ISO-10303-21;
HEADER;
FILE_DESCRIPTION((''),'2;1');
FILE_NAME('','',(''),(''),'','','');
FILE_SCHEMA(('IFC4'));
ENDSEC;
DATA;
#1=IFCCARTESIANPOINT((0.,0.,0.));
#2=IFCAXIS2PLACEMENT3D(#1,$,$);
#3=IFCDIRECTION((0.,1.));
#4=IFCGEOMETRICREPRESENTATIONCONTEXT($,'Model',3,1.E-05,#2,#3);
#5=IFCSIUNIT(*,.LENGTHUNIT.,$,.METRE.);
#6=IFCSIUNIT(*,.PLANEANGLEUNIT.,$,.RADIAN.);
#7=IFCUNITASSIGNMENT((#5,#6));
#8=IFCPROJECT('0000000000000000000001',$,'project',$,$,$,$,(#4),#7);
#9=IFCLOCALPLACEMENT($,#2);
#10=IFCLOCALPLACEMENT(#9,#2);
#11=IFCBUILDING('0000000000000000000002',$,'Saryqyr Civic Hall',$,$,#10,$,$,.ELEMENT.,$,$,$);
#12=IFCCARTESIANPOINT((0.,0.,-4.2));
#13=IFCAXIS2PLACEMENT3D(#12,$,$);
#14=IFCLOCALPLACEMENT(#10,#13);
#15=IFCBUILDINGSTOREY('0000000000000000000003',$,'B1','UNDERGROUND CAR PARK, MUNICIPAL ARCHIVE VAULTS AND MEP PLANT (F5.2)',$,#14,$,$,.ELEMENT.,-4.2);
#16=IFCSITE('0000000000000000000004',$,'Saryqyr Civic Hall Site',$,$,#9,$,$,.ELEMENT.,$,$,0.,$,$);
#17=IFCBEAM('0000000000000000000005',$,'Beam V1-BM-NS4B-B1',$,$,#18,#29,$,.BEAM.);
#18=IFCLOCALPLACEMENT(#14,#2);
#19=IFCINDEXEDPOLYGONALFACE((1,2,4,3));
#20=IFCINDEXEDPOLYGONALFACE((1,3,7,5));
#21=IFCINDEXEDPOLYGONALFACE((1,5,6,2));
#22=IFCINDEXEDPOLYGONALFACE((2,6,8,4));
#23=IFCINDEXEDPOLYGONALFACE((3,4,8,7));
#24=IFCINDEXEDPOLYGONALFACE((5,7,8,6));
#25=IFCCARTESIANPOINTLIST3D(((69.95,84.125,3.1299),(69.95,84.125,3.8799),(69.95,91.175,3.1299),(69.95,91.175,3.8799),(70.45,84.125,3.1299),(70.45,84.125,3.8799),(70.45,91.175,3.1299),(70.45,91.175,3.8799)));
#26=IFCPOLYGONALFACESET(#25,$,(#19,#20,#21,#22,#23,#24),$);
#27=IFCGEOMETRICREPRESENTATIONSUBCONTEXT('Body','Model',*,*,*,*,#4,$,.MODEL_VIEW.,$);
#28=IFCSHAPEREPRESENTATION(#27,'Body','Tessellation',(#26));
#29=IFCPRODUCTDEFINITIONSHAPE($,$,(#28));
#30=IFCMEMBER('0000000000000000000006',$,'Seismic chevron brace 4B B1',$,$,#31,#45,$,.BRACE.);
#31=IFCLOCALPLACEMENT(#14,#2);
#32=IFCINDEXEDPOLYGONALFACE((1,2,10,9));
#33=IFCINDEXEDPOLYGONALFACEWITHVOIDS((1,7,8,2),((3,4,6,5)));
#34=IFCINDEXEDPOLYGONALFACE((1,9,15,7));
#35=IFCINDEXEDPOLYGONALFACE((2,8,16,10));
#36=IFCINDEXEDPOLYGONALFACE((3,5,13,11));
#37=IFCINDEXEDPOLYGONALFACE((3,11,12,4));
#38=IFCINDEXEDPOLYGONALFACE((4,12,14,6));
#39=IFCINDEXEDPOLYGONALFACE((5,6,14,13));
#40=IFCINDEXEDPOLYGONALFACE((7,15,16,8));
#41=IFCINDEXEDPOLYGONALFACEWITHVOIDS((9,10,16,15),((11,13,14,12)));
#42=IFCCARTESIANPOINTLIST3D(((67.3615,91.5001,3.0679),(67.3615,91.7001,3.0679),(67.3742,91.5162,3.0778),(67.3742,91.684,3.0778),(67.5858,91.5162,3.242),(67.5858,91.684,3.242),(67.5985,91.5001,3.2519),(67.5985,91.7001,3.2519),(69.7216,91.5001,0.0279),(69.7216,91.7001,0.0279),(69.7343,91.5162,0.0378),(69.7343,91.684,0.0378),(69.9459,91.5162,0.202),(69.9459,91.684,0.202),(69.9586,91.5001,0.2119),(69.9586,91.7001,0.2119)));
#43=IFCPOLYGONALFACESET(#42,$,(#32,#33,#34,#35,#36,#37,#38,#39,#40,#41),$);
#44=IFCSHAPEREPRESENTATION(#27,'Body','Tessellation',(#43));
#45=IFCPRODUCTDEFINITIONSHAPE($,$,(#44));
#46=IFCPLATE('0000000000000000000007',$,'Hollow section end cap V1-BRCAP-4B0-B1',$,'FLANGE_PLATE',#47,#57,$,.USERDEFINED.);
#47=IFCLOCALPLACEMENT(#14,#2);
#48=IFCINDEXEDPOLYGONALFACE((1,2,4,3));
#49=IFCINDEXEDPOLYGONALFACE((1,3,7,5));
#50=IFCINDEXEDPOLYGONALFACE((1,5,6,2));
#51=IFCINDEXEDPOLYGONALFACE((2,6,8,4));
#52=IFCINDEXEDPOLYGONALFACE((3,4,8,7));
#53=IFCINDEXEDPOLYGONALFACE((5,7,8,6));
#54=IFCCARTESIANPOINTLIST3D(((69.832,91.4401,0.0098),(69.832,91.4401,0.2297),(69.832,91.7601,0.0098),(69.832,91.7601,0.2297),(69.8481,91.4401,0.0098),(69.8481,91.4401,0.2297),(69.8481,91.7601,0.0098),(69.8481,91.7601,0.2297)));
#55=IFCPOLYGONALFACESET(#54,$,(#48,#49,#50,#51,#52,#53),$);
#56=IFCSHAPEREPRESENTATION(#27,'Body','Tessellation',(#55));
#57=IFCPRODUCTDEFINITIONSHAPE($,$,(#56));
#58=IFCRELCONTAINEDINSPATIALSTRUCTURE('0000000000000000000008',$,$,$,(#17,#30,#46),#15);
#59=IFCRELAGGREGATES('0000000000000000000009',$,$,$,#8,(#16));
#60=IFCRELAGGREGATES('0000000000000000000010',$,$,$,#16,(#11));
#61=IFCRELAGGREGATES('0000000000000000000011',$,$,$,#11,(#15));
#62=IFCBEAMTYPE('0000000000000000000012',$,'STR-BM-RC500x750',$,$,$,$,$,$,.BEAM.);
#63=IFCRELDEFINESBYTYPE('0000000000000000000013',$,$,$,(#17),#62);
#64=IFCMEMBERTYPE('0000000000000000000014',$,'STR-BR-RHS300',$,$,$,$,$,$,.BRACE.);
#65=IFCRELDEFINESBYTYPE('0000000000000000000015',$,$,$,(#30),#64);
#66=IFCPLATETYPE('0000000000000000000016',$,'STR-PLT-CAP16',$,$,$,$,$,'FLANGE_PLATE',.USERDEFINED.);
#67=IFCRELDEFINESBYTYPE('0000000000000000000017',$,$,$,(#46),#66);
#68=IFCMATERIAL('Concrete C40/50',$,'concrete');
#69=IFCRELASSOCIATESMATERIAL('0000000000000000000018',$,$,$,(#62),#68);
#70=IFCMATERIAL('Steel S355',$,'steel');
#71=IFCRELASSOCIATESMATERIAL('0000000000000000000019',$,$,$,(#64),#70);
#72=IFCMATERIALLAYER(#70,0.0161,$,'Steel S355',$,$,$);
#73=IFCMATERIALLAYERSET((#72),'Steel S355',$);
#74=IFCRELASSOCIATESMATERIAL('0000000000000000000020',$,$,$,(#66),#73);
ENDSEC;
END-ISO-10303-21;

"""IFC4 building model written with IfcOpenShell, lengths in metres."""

from ifc_helpers import new_model, si_unit, direction, frame, origin, origin_2d, place, context, subcontext, project, spatial, rectangle, hollow_rectangle, extrude, material, layer, layer_set, material_profile, profile_set, type_object, element, save


model = new_model("IFC4")

# Units and contexts
model_context = context("Model", 3, precision=1e-05, world=origin(), true_north=direction((0.0, 1.0)))
body_context = subcontext(model_context, "Body", "Model", "MODEL_VIEW")
ifc_project = project(units=[si_unit("LENGTHUNIT", "METRE"), si_unit("PLANEANGLEUNIT", "RADIAN")], contexts=[model_context])

# Site, building, storey
site_placement = place(None, origin())
site = spatial("IfcSite", under=ifc_project, at=site_placement, Name="Saryqyr Civic Hall Site", CompositionType="ELEMENT", RefElevation=0.0)
building_placement = place(site_placement, origin())
building = spatial("IfcBuilding", under=site, at=building_placement, Name="Saryqyr Civic Hall", CompositionType="ELEMENT")
storey_placement = place(building_placement, frame((0.0, 0.0, -4.2)))
storey = spatial("IfcBuildingStorey", under=building, at=storey_placement, Name="B1", Description="UNDERGROUND CAR PARK, MUNICIPAL ARCHIVE VAULTS AND MEP PLANT (F5.2)", CompositionType="ELEMENT", Elevation=-4.2)

# Shared definitions
ifc_material_1 = material(Name="Steel S355", Category="steel")
ifc_material_2 = material(Name="Concrete C40/50", Category="concrete")

# Beam
ifc_material_profile_1 = material_profile(ifc_material_2, rectangle(XDim=0.5, YDim=0.75, at=origin_2d()), Name="RC 500x750")
ifc_profile_set_1 = profile_set([ifc_material_profile_1], Name="Concrete C40/50")
beam_type_1 = type_object("IfcBeamType", Name="STR-BM-RC500x750", PredefinedType="BEAM", material=ifc_profile_set_1)
beam_1_placement = place(storey_placement, frame((70.2, 84.125, 3.5049), z_axis=(0.0, 1.0, 0.0), x_axis=(-1.0, 0.0, 0.0)))
element("IfcBeam", 1, at=beam_1_placement, inside=storey, type_object=beam_type_1, Name="Beam V1-BM-NS4B-B1", PredefinedType="BEAM", context=body_context, shape_type="SweptSolid", body=[
    extrude(rectangle(XDim=0.5, YDim=0.75, at=origin_2d()), origin(), (0.0, 0.0, 1.0), 7.05),
])

# Member
ifc_material_profile_2 = material_profile(ifc_material_1, hollow_rectangle(XDim=0.2, YDim=0.3, WallThickness=0.0161, at=origin_2d()), Name="RHS 300x200x16")
ifc_profile_set_2 = profile_set([ifc_material_profile_2], Name="Steel S355")
member_type = type_object("IfcMemberType", Name="STR-BR-RHS300", PredefinedType="BRACE", material=ifc_profile_set_2)
member_placement = place(storey_placement, frame((69.8401, 91.6001, 0.1199), z_axis=(-0.613233, 0.0, 0.789902), x_axis=(0.0, -1.0, 0.0)))
element("IfcMember", 2, at=member_placement, inside=storey, type_object=member_type, Name="Seismic chevron brace 4B B1", PredefinedType="BRACE", context=body_context, shape_type="SweptSolid", body=[
    extrude(hollow_rectangle(XDim=0.2, YDim=0.3, WallThickness=0.0161, at=origin_2d()), origin(), (0.0, 0.0, 1.0), 3.8486),
])

# Plate
ifc_layer = layer(ifc_material_1, 0.0161, Name="Steel S355")
ifc_layer_set = layer_set([ifc_layer], Name="Steel S355")
plate_type = type_object("IfcPlateType", Name="STR-PLT-CAP16", ElementType="FLANGE_PLATE", PredefinedType="USERDEFINED", material=ifc_layer_set)
plate_placement = place(storey_placement, frame((69.8401, 91.6001, 0.0098), z_axis=(0.0, 0.0, 1.0), x_axis=(1.0, 0.0, 0.0)))
element("IfcPlate", 3, at=plate_placement, inside=storey, type_object=plate_type, Name="Hollow section end cap V1-BRCAP-4B0-B1", ObjectType="FLANGE_PLATE", PredefinedType="USERDEFINED", context=body_context, shape_type="SweptSolid", body=[
    extrude(rectangle(XDim=0.0161, YDim=0.3201, at=origin_2d()), origin(), (0.0, 0.0, 1.0), 0.22),
])

save(model, "model.ifc")
